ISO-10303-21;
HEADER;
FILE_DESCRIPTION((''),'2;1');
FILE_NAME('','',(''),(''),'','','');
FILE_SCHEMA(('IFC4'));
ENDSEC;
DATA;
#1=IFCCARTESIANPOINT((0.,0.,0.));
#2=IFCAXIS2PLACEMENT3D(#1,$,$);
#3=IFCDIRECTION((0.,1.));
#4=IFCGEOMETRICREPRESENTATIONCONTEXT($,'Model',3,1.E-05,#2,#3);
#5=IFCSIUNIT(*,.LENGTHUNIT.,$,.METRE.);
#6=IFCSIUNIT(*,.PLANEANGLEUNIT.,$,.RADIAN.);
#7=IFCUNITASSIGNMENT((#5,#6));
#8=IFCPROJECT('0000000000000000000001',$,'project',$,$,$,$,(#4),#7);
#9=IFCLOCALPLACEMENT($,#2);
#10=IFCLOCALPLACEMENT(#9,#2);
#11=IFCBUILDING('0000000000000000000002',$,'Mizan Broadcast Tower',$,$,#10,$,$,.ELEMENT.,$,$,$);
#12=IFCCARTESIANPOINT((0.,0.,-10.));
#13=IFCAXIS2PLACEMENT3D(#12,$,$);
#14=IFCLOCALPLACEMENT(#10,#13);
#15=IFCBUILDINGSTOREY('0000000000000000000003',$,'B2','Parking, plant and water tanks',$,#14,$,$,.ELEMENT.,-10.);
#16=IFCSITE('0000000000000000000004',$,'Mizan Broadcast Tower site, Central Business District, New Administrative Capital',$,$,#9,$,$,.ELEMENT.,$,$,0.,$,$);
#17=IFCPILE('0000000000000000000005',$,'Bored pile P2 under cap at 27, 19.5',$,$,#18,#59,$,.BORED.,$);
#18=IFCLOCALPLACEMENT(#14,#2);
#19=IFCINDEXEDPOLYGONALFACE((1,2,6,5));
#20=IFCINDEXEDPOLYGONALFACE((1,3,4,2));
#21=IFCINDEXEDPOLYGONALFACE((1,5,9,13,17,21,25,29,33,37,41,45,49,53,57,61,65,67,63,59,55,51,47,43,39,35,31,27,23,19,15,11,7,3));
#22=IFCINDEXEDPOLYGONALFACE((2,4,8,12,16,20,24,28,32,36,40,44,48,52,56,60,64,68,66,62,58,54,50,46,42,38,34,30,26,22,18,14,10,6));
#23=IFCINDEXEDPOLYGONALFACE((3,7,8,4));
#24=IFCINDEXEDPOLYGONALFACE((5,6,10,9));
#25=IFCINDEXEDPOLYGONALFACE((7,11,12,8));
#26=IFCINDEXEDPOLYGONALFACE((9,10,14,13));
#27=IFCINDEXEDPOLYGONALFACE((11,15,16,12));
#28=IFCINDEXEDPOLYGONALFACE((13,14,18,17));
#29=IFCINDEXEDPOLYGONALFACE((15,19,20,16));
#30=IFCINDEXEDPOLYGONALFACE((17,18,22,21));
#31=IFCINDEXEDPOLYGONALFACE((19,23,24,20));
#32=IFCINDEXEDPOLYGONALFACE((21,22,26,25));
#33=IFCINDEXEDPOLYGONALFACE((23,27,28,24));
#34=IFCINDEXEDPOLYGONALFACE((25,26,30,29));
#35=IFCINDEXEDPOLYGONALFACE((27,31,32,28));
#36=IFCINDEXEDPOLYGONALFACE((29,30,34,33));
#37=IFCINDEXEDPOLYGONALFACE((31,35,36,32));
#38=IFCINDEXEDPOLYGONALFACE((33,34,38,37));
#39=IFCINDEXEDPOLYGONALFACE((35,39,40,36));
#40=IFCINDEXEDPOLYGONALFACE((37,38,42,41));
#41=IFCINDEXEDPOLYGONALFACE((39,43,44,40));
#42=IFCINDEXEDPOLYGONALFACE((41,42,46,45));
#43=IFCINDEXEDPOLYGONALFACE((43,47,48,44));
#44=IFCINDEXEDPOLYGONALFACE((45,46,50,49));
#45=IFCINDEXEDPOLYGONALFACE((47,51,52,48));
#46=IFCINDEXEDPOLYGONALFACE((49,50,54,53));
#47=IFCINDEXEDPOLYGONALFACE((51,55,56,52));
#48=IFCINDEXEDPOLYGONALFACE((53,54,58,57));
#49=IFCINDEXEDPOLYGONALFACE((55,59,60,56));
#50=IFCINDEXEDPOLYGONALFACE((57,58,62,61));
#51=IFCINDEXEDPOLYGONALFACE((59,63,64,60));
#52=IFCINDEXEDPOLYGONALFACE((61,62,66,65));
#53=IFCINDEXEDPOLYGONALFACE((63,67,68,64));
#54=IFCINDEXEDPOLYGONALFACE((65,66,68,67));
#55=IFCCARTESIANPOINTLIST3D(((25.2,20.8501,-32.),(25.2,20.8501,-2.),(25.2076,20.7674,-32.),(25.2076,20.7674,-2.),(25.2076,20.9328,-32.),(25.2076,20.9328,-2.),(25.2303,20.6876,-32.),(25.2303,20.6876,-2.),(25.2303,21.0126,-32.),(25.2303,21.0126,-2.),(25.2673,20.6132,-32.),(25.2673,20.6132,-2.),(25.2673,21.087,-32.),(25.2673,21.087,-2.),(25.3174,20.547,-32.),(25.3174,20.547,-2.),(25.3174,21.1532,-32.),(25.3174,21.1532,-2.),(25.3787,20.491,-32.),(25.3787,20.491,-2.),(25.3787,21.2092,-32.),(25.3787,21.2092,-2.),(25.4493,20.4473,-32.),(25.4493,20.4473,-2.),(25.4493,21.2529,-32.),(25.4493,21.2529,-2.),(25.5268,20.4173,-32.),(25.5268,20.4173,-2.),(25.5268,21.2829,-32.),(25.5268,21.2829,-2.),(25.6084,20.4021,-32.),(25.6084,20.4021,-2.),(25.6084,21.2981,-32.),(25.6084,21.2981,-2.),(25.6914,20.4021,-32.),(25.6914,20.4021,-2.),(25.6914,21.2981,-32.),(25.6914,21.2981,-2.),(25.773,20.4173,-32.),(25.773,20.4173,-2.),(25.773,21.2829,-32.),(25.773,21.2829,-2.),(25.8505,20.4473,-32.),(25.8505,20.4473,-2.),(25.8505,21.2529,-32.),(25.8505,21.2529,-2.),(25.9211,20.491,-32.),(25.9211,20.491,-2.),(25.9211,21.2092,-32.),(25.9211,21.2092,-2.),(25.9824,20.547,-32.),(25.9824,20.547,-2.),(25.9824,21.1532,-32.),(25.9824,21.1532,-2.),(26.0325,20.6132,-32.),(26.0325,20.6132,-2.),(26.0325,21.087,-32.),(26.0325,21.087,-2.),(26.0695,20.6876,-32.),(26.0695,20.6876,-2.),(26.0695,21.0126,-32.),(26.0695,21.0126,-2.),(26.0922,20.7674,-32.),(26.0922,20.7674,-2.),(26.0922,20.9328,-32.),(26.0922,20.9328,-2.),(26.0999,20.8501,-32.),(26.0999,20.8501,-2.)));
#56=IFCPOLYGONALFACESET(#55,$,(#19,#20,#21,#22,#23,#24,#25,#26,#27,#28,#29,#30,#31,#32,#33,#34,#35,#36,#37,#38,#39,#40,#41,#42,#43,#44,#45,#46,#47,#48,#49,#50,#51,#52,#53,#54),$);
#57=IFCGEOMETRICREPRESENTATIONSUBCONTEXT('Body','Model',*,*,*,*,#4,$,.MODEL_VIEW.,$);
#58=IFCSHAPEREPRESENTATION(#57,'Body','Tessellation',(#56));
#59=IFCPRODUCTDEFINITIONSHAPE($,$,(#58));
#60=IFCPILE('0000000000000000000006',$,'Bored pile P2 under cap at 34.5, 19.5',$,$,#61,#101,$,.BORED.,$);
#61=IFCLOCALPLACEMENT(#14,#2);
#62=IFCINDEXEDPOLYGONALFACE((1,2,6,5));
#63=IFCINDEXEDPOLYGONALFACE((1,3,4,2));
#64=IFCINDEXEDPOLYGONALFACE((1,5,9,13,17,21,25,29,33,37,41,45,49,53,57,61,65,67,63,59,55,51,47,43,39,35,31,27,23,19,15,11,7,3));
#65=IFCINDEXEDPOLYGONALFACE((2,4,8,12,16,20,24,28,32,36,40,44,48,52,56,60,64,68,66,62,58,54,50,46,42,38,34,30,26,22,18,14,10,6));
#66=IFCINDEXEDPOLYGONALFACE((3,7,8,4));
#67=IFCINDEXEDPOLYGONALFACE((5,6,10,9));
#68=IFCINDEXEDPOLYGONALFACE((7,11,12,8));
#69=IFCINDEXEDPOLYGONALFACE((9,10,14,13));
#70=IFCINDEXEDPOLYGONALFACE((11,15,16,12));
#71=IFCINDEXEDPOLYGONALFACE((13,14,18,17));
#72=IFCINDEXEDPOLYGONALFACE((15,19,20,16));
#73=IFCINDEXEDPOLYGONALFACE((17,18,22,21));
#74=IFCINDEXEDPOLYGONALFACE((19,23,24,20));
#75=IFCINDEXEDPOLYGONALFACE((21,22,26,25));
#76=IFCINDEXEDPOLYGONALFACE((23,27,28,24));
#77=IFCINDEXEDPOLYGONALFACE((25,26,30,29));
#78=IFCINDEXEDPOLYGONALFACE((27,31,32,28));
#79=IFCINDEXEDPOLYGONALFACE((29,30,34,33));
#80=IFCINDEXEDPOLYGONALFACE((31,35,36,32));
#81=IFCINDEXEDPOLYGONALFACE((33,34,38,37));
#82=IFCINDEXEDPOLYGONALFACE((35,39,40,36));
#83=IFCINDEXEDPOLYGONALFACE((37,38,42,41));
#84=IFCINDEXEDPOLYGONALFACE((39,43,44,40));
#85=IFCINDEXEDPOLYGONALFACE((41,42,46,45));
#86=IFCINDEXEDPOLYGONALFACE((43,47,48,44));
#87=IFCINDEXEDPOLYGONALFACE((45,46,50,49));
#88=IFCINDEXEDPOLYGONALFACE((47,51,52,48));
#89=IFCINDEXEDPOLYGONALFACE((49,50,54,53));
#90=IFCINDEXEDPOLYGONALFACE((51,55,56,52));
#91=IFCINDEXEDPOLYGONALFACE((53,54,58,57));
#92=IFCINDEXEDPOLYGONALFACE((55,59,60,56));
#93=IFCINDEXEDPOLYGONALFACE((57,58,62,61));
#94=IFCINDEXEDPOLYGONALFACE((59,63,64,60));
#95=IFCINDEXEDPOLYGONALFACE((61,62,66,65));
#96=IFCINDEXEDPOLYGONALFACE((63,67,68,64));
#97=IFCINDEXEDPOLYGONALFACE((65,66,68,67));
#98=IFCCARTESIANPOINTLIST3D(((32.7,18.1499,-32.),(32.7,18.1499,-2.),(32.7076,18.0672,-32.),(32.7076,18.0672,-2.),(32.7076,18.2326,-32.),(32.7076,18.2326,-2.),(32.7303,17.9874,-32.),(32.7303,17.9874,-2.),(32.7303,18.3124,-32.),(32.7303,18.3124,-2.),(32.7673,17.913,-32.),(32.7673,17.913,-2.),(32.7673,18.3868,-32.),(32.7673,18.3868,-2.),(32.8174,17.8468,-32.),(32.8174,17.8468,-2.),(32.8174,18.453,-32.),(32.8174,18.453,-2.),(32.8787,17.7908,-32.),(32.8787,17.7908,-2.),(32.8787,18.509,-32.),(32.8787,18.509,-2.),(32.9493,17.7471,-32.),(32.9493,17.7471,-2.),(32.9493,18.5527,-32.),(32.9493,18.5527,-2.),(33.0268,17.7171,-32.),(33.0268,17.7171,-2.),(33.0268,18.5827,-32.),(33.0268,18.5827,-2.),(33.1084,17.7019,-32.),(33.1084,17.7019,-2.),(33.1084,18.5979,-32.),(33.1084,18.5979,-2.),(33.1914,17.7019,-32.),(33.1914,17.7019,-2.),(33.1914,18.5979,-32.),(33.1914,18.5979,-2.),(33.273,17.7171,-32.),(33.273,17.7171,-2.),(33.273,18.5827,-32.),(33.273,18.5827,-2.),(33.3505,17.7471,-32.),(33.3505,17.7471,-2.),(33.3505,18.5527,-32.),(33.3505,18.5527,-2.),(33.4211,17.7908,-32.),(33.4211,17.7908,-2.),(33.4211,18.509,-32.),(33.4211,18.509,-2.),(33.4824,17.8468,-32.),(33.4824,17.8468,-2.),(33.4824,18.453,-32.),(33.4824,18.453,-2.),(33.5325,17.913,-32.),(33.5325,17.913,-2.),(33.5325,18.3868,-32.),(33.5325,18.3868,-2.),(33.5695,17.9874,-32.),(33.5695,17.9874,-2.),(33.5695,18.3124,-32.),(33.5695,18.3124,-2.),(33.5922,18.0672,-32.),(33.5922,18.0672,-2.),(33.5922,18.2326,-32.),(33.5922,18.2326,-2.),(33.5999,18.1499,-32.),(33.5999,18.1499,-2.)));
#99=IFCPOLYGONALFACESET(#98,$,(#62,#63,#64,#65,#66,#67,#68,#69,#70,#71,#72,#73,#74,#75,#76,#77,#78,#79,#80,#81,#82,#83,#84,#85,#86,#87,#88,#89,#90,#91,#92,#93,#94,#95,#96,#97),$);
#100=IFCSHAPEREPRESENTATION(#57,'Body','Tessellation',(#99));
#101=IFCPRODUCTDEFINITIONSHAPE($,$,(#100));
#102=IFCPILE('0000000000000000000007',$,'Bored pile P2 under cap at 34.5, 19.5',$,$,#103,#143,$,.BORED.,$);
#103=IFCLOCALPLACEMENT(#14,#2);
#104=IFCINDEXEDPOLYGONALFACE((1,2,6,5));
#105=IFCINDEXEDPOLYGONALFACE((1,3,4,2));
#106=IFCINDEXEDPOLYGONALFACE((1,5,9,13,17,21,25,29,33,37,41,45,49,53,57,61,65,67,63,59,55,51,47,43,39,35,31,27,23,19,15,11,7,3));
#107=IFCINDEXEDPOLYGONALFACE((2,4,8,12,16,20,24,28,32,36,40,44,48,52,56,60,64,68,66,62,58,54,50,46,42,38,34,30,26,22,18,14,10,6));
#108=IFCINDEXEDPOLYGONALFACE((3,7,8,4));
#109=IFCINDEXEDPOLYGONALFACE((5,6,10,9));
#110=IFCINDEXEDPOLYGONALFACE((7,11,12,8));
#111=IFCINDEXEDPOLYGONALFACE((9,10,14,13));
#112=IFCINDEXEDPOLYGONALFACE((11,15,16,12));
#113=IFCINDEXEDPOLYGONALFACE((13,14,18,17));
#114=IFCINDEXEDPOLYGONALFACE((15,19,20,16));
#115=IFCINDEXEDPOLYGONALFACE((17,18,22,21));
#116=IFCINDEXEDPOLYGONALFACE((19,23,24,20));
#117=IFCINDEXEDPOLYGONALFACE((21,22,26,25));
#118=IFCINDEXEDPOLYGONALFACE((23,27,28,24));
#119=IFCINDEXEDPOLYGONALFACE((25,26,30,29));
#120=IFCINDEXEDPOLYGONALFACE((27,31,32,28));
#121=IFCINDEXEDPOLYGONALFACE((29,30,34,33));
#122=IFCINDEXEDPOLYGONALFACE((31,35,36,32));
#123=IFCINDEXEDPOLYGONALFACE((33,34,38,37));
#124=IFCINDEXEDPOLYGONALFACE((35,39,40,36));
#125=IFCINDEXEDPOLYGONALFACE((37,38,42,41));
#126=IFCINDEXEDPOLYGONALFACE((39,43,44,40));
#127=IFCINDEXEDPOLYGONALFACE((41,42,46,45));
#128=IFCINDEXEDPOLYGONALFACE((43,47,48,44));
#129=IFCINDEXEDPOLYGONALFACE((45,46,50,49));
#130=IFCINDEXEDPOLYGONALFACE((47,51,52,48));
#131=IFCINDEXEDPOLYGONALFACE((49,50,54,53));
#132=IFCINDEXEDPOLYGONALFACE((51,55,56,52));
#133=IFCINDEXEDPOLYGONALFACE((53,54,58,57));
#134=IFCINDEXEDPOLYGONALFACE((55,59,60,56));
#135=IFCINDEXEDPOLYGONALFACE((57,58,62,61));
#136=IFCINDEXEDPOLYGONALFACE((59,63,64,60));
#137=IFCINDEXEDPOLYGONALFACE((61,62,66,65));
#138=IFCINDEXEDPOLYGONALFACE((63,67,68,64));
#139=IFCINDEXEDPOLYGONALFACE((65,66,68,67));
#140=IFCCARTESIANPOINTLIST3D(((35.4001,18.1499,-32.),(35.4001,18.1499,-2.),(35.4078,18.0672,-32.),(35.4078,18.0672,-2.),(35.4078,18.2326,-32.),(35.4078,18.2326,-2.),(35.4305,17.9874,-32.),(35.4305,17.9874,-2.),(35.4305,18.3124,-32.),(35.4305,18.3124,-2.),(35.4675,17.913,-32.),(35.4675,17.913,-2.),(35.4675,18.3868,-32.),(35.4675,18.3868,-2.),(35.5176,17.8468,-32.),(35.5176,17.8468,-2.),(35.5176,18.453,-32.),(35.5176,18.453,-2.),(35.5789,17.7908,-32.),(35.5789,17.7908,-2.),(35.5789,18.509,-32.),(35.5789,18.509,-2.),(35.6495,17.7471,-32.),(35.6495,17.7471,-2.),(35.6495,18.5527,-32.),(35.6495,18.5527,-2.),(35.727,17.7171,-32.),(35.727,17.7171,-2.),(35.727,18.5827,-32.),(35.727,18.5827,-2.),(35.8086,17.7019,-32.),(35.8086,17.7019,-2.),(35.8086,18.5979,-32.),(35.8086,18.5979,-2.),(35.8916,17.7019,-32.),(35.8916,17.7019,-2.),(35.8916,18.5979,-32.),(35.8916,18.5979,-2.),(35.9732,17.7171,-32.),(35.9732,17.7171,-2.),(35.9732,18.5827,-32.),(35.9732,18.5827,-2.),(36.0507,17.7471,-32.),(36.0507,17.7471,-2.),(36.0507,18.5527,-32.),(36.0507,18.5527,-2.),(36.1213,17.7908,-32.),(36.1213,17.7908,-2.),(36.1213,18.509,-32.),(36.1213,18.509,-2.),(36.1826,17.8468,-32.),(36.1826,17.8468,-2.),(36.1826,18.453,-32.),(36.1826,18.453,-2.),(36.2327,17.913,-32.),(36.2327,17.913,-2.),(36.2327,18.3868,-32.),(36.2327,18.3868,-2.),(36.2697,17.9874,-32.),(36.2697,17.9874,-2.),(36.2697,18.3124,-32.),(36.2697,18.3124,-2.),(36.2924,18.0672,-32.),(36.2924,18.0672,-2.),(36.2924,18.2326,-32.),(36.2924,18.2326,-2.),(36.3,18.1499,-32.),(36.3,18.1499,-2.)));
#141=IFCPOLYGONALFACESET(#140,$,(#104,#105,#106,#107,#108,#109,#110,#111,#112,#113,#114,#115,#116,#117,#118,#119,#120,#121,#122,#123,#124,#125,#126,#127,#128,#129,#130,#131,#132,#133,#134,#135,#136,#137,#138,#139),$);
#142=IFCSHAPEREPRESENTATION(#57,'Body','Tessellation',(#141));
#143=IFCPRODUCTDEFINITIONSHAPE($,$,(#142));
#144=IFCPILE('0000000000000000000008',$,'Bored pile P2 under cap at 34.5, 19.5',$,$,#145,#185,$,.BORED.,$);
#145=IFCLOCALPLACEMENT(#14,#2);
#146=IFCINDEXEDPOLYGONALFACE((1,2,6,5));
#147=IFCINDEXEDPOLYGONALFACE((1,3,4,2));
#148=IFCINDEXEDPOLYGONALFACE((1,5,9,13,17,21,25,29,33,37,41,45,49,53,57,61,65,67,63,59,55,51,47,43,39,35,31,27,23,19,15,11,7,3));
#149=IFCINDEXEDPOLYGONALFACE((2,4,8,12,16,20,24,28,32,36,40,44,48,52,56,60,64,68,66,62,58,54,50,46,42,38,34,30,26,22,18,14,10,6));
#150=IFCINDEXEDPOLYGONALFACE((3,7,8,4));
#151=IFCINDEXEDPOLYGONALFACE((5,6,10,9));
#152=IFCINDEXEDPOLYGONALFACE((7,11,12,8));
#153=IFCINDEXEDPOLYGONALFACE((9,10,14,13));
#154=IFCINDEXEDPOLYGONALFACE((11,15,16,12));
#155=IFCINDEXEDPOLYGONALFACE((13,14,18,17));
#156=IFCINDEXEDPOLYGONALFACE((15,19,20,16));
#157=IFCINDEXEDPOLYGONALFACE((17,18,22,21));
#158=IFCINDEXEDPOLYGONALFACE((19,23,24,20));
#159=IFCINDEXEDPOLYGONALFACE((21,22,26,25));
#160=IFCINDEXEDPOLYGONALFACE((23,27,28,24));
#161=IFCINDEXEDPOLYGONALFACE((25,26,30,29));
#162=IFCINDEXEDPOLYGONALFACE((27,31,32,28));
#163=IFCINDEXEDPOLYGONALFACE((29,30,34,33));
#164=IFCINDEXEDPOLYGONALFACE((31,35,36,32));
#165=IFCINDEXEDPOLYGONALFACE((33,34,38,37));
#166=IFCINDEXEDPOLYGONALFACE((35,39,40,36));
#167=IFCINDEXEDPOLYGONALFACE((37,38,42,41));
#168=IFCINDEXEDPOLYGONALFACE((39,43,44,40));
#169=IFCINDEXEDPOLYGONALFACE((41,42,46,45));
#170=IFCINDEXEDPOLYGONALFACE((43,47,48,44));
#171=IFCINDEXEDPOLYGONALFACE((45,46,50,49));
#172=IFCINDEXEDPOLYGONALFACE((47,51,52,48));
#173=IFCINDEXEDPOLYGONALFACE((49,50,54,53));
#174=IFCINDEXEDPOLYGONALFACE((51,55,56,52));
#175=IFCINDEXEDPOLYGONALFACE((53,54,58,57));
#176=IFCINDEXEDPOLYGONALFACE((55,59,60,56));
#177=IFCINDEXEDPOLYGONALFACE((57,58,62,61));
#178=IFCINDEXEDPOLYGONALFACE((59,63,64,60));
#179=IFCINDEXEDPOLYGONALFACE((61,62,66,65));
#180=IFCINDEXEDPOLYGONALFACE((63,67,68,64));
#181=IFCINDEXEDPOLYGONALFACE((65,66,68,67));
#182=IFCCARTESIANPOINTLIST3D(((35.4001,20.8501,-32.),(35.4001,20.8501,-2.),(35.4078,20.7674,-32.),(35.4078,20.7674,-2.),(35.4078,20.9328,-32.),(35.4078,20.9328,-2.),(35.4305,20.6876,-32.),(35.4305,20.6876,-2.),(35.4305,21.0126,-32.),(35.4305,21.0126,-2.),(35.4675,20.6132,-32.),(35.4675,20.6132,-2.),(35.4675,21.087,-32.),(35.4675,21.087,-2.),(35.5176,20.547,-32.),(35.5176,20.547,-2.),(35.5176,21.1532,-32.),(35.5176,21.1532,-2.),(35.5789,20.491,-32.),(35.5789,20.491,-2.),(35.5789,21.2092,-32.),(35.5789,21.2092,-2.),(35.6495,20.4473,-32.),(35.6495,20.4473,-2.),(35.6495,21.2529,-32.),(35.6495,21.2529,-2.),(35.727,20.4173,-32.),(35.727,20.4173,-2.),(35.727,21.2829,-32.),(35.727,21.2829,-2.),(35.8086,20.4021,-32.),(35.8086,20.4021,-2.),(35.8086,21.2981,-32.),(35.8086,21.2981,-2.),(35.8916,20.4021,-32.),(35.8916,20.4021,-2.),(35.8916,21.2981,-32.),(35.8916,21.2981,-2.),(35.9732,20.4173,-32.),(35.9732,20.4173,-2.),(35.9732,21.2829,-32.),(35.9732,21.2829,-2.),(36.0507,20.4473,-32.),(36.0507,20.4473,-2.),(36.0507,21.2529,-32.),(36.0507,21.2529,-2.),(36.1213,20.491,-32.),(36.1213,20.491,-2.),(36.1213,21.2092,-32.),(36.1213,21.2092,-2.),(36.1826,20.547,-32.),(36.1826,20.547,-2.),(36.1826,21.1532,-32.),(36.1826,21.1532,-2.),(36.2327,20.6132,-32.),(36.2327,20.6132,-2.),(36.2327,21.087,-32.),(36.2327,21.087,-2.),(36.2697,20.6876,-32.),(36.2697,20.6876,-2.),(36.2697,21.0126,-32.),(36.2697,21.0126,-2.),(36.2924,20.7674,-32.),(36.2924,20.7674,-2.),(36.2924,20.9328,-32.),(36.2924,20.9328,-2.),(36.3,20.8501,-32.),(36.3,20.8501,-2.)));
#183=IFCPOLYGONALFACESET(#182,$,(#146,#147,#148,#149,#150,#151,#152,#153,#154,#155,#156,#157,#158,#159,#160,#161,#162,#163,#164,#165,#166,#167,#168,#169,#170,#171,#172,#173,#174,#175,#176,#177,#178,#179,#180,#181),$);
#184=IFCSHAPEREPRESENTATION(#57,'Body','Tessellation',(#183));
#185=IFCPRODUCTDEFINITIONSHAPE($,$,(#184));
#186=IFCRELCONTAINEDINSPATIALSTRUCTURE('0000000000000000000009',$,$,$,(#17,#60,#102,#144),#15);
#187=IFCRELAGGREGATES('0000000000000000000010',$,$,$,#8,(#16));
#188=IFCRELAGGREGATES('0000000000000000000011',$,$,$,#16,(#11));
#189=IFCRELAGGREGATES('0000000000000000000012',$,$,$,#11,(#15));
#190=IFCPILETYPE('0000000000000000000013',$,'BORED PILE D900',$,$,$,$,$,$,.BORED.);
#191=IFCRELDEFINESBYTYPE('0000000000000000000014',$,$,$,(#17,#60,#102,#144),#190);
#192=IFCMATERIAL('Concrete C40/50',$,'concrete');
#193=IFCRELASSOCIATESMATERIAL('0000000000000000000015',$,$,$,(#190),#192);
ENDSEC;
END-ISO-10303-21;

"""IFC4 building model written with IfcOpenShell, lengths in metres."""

from ifc_helpers import new_model, si_unit, direction, frame, origin, origin_2d, place, context, subcontext, project, spatial, circle, extrude, material, material_profile, profile_set, type_object, element, save


model = new_model("IFC4")

# Units and contexts
model_context = context("Model", 3, precision=1e-05, world=origin(), true_north=direction((0.0, 1.0)))
body_context = subcontext(model_context, "Body", "Model", "MODEL_VIEW")
ifc_project = project(units=[si_unit("LENGTHUNIT", "METRE"), si_unit("PLANEANGLEUNIT", "RADIAN")], contexts=[model_context])

# Site, building, storey
site_placement = place(None, origin())
site = spatial("IfcSite", under=ifc_project, at=site_placement, Name="Mizan Broadcast Tower site, Central Business District, New Administrative Capital", CompositionType="ELEMENT", RefElevation=0.0)
building_placement = place(site_placement, origin())
building = spatial("IfcBuilding", under=site, at=building_placement, Name="Mizan Broadcast Tower", CompositionType="ELEMENT")
storey_placement = place(building_placement, frame((0.0, 0.0, -10.0)))
storey = spatial("IfcBuildingStorey", under=building, at=storey_placement, Name="B2", Description="Parking, plant and water tanks", CompositionType="ELEMENT", Elevation=-10.0)

# Piles
ifc_material_1 = material(Name="Concrete C40/50", Category="concrete")
ifc_material_profile_1 = material_profile(ifc_material_1, circle(Radius=0.45, at=origin_2d()), Name="D900")
ifc_profile_set_1 = profile_set([ifc_material_profile_1], Name="Concrete C40/50")
pile_type_1 = type_object("IfcPileType", Name="BORED PILE D900", PredefinedType="BORED", material=ifc_profile_set_1)
for number, where, z_axis, x_axis, name in (
    (1, (25.6499, 20.8501, -2.0), (0.0, 0.0, -1.0), (1.0, 0.0, 0.0), "Bored pile P2 under cap at 27, 19.5"),
    (2, (33.1499, 18.1499, -2.0), (0.0, 0.0, -1.0), (1.0, 0.0, 0.0), "Bored pile P2 under cap at 34.5, 19.5"),
    (3, (35.8501, 18.1499, -2.0), (0.0, 0.0, -1.0), (1.0, 0.0, 0.0), "Bored pile P2 under cap at 34.5, 19.5"),
    (4, (35.8501, 20.8501, -2.0), (0.0, 0.0, -1.0), (1.0, 0.0, 0.0), "Bored pile P2 under cap at 34.5, 19.5"),
):
    element("IfcPile", number, at=place(storey_placement, frame(where, z_axis=z_axis, x_axis=x_axis)), inside=storey, type_object=pile_type_1, Name=name, PredefinedType="BORED", context=body_context, shape_type="SweptSolid", body=[
        extrude(circle(Radius=0.45, at=origin_2d()), origin(), (0.0, 0.0, 1.0), 30.0),
    ])

save(model, "model.ifc")
